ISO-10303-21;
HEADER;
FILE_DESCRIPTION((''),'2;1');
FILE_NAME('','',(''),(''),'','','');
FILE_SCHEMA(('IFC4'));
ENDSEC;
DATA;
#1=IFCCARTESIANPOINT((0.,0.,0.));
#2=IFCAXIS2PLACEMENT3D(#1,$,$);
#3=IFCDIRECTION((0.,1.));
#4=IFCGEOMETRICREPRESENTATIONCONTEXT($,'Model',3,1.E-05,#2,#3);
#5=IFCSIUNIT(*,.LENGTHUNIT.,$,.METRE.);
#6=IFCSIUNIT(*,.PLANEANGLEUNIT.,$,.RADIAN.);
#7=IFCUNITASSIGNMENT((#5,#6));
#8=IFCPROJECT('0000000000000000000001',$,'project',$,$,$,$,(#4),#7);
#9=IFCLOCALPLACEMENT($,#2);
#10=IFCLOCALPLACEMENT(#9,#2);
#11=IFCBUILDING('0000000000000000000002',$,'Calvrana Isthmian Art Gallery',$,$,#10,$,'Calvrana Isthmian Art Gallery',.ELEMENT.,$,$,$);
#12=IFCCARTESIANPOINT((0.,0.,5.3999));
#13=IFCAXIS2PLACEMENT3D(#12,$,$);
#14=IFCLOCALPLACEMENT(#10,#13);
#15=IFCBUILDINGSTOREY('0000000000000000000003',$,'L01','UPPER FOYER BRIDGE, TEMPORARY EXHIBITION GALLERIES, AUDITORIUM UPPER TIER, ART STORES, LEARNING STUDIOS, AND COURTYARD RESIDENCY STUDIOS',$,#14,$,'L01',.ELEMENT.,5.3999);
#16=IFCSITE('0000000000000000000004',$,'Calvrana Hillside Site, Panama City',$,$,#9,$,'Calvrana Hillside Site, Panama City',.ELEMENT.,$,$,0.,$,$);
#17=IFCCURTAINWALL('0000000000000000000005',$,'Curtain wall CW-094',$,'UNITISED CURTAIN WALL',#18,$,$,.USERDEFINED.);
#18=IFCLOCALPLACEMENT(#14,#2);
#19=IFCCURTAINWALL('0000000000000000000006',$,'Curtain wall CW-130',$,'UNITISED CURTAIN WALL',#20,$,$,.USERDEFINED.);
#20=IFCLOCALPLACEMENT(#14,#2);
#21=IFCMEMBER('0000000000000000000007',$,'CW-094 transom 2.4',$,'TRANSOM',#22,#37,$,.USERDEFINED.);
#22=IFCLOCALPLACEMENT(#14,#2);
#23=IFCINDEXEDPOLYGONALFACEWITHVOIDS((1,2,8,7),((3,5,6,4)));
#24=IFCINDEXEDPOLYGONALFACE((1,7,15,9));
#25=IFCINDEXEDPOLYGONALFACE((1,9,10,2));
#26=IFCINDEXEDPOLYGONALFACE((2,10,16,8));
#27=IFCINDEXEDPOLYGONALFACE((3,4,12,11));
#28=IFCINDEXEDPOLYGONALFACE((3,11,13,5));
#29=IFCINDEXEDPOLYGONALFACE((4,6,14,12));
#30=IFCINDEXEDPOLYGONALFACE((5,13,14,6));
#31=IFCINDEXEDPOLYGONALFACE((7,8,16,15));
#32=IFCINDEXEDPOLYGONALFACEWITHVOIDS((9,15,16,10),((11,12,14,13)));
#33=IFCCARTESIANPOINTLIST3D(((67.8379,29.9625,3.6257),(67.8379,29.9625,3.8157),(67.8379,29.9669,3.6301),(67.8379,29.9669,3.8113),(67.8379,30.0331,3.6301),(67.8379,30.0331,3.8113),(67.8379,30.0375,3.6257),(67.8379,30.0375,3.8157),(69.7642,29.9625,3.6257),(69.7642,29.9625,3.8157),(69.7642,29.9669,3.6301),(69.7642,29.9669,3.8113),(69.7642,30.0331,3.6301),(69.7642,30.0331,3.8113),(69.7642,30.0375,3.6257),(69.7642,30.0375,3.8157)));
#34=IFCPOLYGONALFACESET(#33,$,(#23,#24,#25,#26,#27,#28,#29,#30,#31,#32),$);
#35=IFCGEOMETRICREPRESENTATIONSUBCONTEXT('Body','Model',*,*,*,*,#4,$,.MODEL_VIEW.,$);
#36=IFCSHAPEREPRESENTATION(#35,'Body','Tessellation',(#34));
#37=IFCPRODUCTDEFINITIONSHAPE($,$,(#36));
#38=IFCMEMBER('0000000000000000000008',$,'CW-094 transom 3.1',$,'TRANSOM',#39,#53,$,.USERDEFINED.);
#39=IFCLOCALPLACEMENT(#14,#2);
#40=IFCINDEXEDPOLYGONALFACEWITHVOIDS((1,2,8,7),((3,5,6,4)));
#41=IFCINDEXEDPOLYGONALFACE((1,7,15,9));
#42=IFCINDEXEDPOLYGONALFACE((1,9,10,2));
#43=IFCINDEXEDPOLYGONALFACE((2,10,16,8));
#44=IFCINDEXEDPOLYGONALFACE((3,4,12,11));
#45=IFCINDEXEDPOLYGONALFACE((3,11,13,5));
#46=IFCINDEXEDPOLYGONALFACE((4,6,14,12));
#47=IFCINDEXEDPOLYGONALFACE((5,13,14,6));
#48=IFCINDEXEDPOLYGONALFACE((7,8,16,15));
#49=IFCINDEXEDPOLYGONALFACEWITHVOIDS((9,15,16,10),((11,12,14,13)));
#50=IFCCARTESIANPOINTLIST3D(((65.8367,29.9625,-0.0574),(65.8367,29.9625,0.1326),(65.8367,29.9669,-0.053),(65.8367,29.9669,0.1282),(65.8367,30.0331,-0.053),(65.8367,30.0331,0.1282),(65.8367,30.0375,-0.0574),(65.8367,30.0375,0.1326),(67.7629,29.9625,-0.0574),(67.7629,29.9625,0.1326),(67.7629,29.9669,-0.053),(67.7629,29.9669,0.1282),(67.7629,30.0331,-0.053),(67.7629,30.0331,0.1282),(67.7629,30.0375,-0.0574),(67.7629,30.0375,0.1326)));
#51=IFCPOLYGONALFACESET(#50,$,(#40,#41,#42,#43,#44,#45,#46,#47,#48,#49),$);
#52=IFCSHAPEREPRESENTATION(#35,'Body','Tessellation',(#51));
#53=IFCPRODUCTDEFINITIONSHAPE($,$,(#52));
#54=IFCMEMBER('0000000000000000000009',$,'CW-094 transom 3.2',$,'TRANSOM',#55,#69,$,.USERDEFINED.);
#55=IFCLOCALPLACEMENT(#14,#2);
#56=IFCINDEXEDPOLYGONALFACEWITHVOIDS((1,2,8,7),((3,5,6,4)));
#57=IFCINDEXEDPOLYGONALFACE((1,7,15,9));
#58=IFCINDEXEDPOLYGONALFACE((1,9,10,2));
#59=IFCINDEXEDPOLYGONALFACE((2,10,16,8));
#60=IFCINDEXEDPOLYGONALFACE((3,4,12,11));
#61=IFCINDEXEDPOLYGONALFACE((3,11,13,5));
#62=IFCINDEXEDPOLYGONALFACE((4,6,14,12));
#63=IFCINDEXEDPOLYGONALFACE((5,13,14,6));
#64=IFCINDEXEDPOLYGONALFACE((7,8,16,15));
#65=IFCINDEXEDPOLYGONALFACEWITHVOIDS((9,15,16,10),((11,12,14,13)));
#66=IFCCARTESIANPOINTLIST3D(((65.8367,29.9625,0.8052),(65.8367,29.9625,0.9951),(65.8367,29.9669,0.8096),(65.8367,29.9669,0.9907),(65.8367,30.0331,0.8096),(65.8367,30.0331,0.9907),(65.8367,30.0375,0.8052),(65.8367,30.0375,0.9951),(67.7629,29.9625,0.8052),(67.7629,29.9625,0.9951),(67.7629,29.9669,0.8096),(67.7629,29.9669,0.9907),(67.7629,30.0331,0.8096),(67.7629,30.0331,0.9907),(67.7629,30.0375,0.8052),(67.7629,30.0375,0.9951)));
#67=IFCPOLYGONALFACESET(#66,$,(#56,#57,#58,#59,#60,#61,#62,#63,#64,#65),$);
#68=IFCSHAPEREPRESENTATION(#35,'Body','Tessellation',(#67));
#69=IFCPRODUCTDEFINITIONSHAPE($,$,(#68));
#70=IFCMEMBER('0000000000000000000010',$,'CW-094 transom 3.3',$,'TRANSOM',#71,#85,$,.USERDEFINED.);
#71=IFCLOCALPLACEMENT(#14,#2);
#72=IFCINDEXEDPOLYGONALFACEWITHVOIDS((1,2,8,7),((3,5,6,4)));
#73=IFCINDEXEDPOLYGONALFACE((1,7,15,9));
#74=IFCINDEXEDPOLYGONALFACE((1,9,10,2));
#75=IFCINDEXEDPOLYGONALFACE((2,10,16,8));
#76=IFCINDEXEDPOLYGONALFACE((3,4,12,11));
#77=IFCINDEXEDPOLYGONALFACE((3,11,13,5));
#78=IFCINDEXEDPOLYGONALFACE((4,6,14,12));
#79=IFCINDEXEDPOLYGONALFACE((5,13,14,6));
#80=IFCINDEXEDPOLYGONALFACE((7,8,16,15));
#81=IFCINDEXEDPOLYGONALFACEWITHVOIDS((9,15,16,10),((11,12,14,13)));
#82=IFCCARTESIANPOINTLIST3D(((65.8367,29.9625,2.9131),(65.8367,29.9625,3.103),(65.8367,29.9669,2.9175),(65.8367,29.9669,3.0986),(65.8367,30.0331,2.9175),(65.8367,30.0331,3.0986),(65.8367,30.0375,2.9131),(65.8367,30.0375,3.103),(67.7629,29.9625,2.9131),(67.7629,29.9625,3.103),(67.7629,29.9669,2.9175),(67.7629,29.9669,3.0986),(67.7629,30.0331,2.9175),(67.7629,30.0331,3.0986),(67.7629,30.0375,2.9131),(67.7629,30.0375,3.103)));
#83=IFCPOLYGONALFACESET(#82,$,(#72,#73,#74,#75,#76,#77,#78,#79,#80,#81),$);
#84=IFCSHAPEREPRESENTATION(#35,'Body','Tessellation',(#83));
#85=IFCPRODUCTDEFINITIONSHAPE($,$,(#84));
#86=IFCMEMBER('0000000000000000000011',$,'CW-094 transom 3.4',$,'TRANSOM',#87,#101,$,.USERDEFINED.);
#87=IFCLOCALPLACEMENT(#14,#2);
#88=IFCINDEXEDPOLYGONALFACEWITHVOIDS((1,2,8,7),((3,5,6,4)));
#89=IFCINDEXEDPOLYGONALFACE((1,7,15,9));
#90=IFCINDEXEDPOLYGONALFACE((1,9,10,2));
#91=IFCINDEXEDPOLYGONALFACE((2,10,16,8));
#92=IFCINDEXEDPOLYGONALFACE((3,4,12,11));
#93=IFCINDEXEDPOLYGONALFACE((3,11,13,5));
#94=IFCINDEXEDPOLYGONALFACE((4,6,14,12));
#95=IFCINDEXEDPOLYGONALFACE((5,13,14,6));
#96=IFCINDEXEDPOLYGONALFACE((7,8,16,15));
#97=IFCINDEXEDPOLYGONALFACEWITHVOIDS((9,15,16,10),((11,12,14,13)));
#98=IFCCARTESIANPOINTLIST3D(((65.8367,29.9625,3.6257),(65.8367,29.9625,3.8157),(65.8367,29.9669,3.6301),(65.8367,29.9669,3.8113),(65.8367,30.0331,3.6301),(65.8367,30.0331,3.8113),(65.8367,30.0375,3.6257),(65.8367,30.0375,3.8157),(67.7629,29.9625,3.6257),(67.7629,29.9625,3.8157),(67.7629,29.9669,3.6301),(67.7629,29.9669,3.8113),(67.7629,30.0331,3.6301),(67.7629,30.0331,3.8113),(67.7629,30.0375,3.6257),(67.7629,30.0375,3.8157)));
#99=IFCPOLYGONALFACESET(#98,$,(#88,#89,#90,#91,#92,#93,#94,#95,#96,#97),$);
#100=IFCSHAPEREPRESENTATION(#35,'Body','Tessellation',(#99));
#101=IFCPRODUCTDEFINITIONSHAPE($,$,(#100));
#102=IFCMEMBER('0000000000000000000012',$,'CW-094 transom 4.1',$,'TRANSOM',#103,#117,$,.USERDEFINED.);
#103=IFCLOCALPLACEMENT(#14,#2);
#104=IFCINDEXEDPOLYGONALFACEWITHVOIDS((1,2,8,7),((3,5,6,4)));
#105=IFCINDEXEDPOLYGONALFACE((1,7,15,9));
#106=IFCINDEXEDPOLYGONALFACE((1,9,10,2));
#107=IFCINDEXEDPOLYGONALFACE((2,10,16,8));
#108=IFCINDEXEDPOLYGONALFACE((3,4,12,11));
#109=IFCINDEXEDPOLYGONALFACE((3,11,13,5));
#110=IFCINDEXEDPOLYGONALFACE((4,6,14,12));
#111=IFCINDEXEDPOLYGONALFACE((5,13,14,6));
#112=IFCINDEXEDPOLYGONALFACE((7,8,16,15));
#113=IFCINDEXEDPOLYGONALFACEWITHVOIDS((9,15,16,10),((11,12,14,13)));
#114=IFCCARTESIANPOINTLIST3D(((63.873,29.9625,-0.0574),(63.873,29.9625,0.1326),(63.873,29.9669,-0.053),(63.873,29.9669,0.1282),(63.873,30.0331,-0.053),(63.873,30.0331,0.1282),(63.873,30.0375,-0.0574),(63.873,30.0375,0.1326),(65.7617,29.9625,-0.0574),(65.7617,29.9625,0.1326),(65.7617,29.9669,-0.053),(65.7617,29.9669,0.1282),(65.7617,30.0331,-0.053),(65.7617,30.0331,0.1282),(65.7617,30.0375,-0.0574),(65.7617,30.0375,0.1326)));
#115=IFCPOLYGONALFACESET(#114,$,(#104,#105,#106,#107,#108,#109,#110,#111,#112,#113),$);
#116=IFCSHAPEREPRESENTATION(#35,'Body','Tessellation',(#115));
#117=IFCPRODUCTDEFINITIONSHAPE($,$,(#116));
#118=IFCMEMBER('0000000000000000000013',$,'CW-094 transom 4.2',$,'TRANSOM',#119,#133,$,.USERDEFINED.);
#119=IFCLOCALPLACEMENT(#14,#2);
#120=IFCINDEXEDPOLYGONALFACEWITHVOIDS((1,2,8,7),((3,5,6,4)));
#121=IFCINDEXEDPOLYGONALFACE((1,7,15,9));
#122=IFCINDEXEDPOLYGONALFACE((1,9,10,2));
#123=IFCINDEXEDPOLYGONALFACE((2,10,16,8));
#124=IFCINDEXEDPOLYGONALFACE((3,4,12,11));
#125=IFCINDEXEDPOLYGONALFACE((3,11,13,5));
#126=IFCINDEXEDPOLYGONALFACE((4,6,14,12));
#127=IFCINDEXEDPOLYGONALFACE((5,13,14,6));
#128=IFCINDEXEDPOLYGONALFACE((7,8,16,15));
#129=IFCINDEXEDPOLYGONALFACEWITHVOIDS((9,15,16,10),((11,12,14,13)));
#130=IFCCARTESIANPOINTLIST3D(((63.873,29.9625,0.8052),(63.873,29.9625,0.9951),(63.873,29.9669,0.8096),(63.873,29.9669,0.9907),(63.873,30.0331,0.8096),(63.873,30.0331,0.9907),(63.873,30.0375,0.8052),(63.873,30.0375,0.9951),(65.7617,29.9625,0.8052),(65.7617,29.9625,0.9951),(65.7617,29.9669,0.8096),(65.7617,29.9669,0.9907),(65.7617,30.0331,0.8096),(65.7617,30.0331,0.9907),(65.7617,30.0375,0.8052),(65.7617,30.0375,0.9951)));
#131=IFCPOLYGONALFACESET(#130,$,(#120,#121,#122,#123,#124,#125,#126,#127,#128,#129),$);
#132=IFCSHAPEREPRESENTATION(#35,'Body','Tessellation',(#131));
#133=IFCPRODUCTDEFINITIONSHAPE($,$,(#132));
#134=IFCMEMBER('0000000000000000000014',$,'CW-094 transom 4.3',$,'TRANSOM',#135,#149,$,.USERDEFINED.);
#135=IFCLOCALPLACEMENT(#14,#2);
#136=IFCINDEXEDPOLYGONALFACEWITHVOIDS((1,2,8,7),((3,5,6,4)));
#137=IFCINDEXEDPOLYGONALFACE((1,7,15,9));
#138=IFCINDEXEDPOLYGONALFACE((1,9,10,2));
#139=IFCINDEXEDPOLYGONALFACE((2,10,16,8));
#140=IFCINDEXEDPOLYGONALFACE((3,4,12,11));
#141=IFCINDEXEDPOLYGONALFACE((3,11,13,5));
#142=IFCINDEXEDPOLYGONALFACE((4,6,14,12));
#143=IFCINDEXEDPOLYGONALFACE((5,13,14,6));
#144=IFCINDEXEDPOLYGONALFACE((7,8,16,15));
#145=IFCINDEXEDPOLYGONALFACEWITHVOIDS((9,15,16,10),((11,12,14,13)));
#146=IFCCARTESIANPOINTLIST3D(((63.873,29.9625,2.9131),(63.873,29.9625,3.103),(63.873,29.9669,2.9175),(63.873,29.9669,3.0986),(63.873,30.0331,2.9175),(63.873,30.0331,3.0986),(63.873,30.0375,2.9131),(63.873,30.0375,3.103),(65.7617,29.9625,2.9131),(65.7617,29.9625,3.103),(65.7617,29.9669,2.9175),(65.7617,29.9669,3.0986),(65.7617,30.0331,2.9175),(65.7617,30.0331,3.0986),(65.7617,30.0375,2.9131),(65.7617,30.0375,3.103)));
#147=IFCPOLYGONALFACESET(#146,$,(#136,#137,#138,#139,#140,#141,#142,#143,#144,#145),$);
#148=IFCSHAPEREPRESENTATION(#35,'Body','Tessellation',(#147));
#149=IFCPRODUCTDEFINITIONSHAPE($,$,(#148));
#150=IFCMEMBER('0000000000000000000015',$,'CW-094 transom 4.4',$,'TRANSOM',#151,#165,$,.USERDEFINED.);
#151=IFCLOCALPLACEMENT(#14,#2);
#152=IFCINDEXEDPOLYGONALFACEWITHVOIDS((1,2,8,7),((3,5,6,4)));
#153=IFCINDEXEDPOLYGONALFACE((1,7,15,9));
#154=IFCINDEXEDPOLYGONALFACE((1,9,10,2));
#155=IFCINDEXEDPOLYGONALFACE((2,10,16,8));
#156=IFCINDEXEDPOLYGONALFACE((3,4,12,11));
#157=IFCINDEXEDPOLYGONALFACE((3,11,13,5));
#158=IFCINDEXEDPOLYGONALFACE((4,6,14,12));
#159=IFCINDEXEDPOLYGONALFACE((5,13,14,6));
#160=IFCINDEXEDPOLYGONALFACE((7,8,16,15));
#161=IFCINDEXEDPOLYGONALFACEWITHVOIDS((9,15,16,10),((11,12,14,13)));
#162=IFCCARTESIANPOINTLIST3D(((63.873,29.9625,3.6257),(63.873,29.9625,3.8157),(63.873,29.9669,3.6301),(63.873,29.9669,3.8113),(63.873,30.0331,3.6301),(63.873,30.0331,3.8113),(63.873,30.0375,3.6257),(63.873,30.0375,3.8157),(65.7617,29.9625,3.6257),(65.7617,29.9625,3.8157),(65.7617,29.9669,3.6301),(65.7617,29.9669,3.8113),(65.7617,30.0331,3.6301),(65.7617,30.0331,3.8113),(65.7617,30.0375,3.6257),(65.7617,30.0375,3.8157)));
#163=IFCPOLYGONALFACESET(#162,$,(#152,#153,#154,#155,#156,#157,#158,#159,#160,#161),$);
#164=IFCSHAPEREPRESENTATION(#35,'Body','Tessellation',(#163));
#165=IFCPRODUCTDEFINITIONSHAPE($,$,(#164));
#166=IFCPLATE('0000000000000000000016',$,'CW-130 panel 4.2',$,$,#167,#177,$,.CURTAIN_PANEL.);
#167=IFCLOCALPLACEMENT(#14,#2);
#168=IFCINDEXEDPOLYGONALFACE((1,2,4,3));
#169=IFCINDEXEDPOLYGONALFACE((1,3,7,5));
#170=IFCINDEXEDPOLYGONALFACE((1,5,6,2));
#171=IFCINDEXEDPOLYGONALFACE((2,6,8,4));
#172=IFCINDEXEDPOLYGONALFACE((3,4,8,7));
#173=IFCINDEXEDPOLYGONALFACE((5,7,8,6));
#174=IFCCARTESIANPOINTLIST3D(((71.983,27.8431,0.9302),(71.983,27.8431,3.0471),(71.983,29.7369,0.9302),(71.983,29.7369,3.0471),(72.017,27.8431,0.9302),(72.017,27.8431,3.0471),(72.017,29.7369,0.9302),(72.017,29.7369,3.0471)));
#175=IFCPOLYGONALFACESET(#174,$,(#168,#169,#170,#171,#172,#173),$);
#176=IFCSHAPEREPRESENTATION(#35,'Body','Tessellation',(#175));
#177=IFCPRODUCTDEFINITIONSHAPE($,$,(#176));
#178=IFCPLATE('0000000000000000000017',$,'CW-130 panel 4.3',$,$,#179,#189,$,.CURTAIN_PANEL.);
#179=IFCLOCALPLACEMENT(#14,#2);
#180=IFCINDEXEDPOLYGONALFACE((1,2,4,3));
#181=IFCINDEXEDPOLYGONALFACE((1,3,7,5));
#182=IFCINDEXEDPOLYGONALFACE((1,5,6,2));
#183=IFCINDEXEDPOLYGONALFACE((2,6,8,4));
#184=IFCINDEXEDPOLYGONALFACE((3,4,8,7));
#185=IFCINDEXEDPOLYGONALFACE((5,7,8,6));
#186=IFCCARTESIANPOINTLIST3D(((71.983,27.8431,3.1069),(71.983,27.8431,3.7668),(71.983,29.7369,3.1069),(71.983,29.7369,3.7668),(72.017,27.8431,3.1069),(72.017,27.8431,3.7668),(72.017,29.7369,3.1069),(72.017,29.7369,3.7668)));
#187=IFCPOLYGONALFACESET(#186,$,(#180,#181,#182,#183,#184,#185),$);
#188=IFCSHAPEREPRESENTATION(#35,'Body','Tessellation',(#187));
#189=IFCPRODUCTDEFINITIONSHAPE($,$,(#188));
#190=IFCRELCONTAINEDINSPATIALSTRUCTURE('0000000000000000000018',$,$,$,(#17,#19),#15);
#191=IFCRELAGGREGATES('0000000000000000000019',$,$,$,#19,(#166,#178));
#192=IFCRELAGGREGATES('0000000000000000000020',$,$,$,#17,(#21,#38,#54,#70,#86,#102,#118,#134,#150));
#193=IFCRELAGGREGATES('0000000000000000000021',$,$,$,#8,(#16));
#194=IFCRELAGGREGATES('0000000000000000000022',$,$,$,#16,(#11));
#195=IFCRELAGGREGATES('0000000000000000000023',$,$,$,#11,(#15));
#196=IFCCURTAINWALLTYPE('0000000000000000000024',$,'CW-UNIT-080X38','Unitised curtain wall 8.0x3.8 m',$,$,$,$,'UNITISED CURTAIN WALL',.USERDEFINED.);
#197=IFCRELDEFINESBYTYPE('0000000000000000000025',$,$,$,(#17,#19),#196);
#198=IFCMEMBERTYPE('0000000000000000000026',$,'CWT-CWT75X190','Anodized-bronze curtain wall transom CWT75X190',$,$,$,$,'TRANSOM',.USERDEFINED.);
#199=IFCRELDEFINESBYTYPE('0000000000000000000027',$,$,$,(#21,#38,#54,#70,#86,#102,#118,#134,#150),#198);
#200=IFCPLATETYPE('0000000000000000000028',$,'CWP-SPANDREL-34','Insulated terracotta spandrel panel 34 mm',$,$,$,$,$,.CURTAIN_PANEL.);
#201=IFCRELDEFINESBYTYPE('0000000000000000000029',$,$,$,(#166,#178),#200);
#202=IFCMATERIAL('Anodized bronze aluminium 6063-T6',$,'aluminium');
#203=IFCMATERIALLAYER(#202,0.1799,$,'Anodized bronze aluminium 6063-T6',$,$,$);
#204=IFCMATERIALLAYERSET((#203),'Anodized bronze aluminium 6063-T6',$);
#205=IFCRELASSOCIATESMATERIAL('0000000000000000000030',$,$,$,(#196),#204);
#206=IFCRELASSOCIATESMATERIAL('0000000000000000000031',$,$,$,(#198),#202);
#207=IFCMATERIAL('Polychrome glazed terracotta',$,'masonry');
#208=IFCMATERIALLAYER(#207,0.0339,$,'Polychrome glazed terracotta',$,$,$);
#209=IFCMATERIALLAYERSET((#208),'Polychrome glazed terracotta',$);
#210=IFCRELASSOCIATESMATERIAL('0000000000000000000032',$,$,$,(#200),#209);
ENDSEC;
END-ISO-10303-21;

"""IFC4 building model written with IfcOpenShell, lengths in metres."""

from ifc_helpers import new_model, si_unit, direction, frame, origin, origin_2d, place, context, subcontext, project, spatial, rectangle, hollow_rectangle, extrude, material, layer, layer_set, material_profile, profile_set, type_object, element, aggregate, save


model = new_model("IFC4")

# Units and contexts
model_context = context("Model", 3, precision=1e-05, world=origin(), true_north=direction((0.0, 1.0)))
body_context = subcontext(model_context, "Body", "Model", "MODEL_VIEW")
ifc_project = project(units=[si_unit("LENGTHUNIT", "METRE"), si_unit("PLANEANGLEUNIT", "RADIAN")], contexts=[model_context])

# Site, building, storey
site_placement = place(None, origin())
site = spatial("IfcSite", under=ifc_project, at=site_placement, Name="Calvrana Hillside Site, Panama City", LongName="Calvrana Hillside Site, Panama City", CompositionType="ELEMENT", RefElevation=0.0)
building_placement = place(site_placement, origin())
building = spatial("IfcBuilding", under=site, at=building_placement, Name="Calvrana Isthmian Art Gallery", LongName="Calvrana Isthmian Art Gallery", CompositionType="ELEMENT")
storey_placement = place(building_placement, frame((0.0, 0.0, 5.3999)))
storey = spatial("IfcBuildingStorey", under=building, at=storey_placement, Name="L01", Description="UPPER FOYER BRIDGE, TEMPORARY EXHIBITION GALLERIES, AUDITORIUM UPPER TIER, ART STORES, LEARNING STUDIOS, AND COURTYARD RESIDENCY STUDIOS", LongName="L01", CompositionType="ELEMENT", Elevation=5.3999)

# Curtain wall
ifc_material_1 = material(Name="Anodized bronze aluminium 6063-T6", Category="aluminium")
ifc_layer_1 = layer(ifc_material_1, 0.1799, Name="Anodized bronze aluminium 6063-T6")
ifc_layer_set_1 = layer_set([ifc_layer_1], Name="Anodized bronze aluminium 6063-T6")
curtain_wall_type = type_object("IfcCurtainWallType", Name="CW-UNIT-080X38", Description="Unitised curtain wall 8.0x3.8 m", ElementType="UNITISED CURTAIN WALL", PredefinedType="USERDEFINED", material=ifc_layer_set_1)
curtain_wall_1_placement = place(storey_placement, origin())
curtain_wall_1 = element("IfcCurtainWall", 1, at=curtain_wall_1_placement, inside=storey, type_object=curtain_wall_type, Name="Curtain wall CW-094", ObjectType="UNITISED CURTAIN WALL", PredefinedType="USERDEFINED")

# Curtain wall
curtain_wall_2_placement = place(storey_placement, origin())
curtain_wall_2 = element("IfcCurtainWall", 2, at=curtain_wall_2_placement, inside=storey, type_object=curtain_wall_type, Name="Curtain wall CW-130", ObjectType="UNITISED CURTAIN WALL", PredefinedType="USERDEFINED")

# Members
ifc_material_profile_1 = material_profile(ifc_material_1, hollow_rectangle(XDim=0.075, YDim=0.1899, WallThickness=0.0044, at=origin_2d()), Name="CWT75X190")
ifc_profile_set_1 = profile_set([ifc_material_profile_1], Name="Anodized bronze aluminium 6063-T6")
member_type_1 = type_object("IfcMemberType", Name="CWT-CWT75X190", Description="Anodized-bronze curtain wall transom CWT75X190", ElementType="TRANSOM", PredefinedType="USERDEFINED", material=ifc_profile_set_1)
member_1_placement = place(storey_placement, frame((69.7642, 30.0, 3.7207), z_axis=(-1.0, 0.0, 0.0), x_axis=(0.0, -1.0, 0.0)))
member_1 = element("IfcMember", 3, at=member_1_placement, type_object=member_type_1, Name="CW-094 transom 2.4", ObjectType="TRANSOM", PredefinedType="USERDEFINED", context=body_context, shape_type="SweptSolid", body=[
    extrude(hollow_rectangle(XDim=0.075, YDim=0.1899, WallThickness=0.0044, at=origin_2d()), origin(), (0.0, 0.0, 1.0), 1.9263),
])
member_2_placement = place(storey_placement, frame((67.7629, 30.0, 0.0376), z_axis=(-1.0, 0.0, 0.0), x_axis=(0.0, -1.0, 0.0)))
member_2 = element("IfcMember", 4, at=member_2_placement, type_object=member_type_1, Name="CW-094 transom 3.1", ObjectType="TRANSOM", PredefinedType="USERDEFINED", context=body_context, shape_type="SweptSolid", body=[
    extrude(hollow_rectangle(XDim=0.075, YDim=0.1899, WallThickness=0.0044, at=origin_2d()), origin(), (0.0, 0.0, 1.0), 1.9263),
])
member_3_placement = place(storey_placement, frame((67.7629, 30.0, 0.9001), z_axis=(-1.0, 0.0, 0.0), x_axis=(0.0, -1.0, 0.0)))
member_3 = element("IfcMember", 5, at=member_3_placement, type_object=member_type_1, Name="CW-094 transom 3.2", ObjectType="TRANSOM", PredefinedType="USERDEFINED", context=body_context, shape_type="SweptSolid", body=[
    extrude(hollow_rectangle(XDim=0.075, YDim=0.1899, WallThickness=0.0044, at=origin_2d()), origin(), (0.0, 0.0, 1.0), 1.9263),
])
member_4_placement = place(storey_placement, frame((67.7629, 30.0, 3.0081), z_axis=(-1.0, 0.0, 0.0), x_axis=(0.0, -1.0, 0.0)))
member_4 = element("IfcMember", 6, at=member_4_placement, type_object=member_type_1, Name="CW-094 transom 3.3", ObjectType="TRANSOM", PredefinedType="USERDEFINED", context=body_context, shape_type="SweptSolid", body=[
    extrude(hollow_rectangle(XDim=0.075, YDim=0.1899, WallThickness=0.0044, at=origin_2d()), origin(), (0.0, 0.0, 1.0), 1.9263),
])
member_5_placement = place(storey_placement, frame((67.7629, 30.0, 3.7207), z_axis=(-1.0, 0.0, 0.0), x_axis=(0.0, -1.0, 0.0)))
member_5 = element("IfcMember", 7, at=member_5_placement, type_object=member_type_1, Name="CW-094 transom 3.4", ObjectType="TRANSOM", PredefinedType="USERDEFINED", context=body_context, shape_type="SweptSolid", body=[
    extrude(hollow_rectangle(XDim=0.075, YDim=0.1899, WallThickness=0.0044, at=origin_2d()), origin(), (0.0, 0.0, 1.0), 1.9263),
])
member_6_placement = place(storey_placement, frame((65.7617, 30.0, 0.0376), z_axis=(-1.0, 0.0, 0.0), x_axis=(0.0, -1.0, 0.0)))
member_6 = element("IfcMember", 8, at=member_6_placement, type_object=member_type_1, Name="CW-094 transom 4.1", ObjectType="TRANSOM", PredefinedType="USERDEFINED", context=body_context, shape_type="SweptSolid", body=[
    extrude(hollow_rectangle(XDim=0.075, YDim=0.1899, WallThickness=0.0044, at=origin_2d()), origin(), (0.0, 0.0, 1.0), 1.8887),
])
member_7_placement = place(storey_placement, frame((65.7617, 30.0, 0.9001), z_axis=(-1.0, 0.0, 0.0), x_axis=(0.0, -1.0, 0.0)))
member_7 = element("IfcMember", 9, at=member_7_placement, type_object=member_type_1, Name="CW-094 transom 4.2", ObjectType="TRANSOM", PredefinedType="USERDEFINED", context=body_context, shape_type="SweptSolid", body=[
    extrude(hollow_rectangle(XDim=0.075, YDim=0.1899, WallThickness=0.0044, at=origin_2d()), origin(), (0.0, 0.0, 1.0), 1.8887),
])
member_8_placement = place(storey_placement, frame((65.7617, 30.0, 3.0081), z_axis=(-1.0, 0.0, 0.0), x_axis=(0.0, -1.0, 0.0)))
member_8 = element("IfcMember", 10, at=member_8_placement, type_object=member_type_1, Name="CW-094 transom 4.3", ObjectType="TRANSOM", PredefinedType="USERDEFINED", context=body_context, shape_type="SweptSolid", body=[
    extrude(hollow_rectangle(XDim=0.075, YDim=0.1899, WallThickness=0.0044, at=origin_2d()), origin(), (0.0, 0.0, 1.0), 1.8887),
])
member_9_placement = place(storey_placement, frame((65.7617, 30.0, 3.7207), z_axis=(-1.0, 0.0, 0.0), x_axis=(0.0, -1.0, 0.0)))
member_9 = element("IfcMember", 11, at=member_9_placement, type_object=member_type_1, Name="CW-094 transom 4.4", ObjectType="TRANSOM", PredefinedType="USERDEFINED", context=body_context, shape_type="SweptSolid", body=[
    extrude(hollow_rectangle(XDim=0.075, YDim=0.1899, WallThickness=0.0044, at=origin_2d()), origin(), (0.0, 0.0, 1.0), 1.8887),
])

# Plates
ifc_material_2 = material(Name="Polychrome glazed terracotta", Category="masonry")
ifc_layer_2 = layer(ifc_material_2, 0.0339, Name="Polychrome glazed terracotta")
ifc_layer_set_2 = layer_set([ifc_layer_2], Name="Polychrome glazed terracotta")
plate_type_1 = type_object("IfcPlateType", Name="CWP-SPANDREL-34", Description="Insulated terracotta spandrel panel 34 mm", PredefinedType="CURTAIN_PANEL", material=ifc_layer_set_2)
plate_1_placement = place(storey_placement, frame((72.0, 28.79, 0.9302), z_axis=(0.0, 0.0, 1.0), x_axis=(0.0, 1.0, 0.0)))
plate_1 = element("IfcPlate", 12, at=plate_1_placement, type_object=plate_type_1, Name="CW-130 panel 4.2", PredefinedType="CURTAIN_PANEL", context=body_context, shape_type="SweptSolid", body=[
    extrude(rectangle(XDim=1.8938, YDim=0.0339, at=origin_2d()), origin(), (0.0, 0.0, 1.0), 2.1169),
])
plate_2_placement = place(storey_placement, frame((72.0, 28.79, 3.1069), z_axis=(0.0, 0.0, 1.0), x_axis=(0.0, 1.0, 0.0)))
plate_2 = element("IfcPlate", 13, at=plate_2_placement, type_object=plate_type_1, Name="CW-130 panel 4.3", PredefinedType="CURTAIN_PANEL", context=body_context, shape_type="SweptSolid", body=[
    extrude(rectangle(XDim=1.8938, YDim=0.0339, at=origin_2d()), origin(), (0.0, 0.0, 1.0), 0.6599),
])
aggregate(curtain_wall_2, [plate_1, plate_2])
aggregate(curtain_wall_1, [member_1, member_2, member_3, member_4, member_5, member_6, member_7, member_8, member_9])

save(model, "model.ifc")
